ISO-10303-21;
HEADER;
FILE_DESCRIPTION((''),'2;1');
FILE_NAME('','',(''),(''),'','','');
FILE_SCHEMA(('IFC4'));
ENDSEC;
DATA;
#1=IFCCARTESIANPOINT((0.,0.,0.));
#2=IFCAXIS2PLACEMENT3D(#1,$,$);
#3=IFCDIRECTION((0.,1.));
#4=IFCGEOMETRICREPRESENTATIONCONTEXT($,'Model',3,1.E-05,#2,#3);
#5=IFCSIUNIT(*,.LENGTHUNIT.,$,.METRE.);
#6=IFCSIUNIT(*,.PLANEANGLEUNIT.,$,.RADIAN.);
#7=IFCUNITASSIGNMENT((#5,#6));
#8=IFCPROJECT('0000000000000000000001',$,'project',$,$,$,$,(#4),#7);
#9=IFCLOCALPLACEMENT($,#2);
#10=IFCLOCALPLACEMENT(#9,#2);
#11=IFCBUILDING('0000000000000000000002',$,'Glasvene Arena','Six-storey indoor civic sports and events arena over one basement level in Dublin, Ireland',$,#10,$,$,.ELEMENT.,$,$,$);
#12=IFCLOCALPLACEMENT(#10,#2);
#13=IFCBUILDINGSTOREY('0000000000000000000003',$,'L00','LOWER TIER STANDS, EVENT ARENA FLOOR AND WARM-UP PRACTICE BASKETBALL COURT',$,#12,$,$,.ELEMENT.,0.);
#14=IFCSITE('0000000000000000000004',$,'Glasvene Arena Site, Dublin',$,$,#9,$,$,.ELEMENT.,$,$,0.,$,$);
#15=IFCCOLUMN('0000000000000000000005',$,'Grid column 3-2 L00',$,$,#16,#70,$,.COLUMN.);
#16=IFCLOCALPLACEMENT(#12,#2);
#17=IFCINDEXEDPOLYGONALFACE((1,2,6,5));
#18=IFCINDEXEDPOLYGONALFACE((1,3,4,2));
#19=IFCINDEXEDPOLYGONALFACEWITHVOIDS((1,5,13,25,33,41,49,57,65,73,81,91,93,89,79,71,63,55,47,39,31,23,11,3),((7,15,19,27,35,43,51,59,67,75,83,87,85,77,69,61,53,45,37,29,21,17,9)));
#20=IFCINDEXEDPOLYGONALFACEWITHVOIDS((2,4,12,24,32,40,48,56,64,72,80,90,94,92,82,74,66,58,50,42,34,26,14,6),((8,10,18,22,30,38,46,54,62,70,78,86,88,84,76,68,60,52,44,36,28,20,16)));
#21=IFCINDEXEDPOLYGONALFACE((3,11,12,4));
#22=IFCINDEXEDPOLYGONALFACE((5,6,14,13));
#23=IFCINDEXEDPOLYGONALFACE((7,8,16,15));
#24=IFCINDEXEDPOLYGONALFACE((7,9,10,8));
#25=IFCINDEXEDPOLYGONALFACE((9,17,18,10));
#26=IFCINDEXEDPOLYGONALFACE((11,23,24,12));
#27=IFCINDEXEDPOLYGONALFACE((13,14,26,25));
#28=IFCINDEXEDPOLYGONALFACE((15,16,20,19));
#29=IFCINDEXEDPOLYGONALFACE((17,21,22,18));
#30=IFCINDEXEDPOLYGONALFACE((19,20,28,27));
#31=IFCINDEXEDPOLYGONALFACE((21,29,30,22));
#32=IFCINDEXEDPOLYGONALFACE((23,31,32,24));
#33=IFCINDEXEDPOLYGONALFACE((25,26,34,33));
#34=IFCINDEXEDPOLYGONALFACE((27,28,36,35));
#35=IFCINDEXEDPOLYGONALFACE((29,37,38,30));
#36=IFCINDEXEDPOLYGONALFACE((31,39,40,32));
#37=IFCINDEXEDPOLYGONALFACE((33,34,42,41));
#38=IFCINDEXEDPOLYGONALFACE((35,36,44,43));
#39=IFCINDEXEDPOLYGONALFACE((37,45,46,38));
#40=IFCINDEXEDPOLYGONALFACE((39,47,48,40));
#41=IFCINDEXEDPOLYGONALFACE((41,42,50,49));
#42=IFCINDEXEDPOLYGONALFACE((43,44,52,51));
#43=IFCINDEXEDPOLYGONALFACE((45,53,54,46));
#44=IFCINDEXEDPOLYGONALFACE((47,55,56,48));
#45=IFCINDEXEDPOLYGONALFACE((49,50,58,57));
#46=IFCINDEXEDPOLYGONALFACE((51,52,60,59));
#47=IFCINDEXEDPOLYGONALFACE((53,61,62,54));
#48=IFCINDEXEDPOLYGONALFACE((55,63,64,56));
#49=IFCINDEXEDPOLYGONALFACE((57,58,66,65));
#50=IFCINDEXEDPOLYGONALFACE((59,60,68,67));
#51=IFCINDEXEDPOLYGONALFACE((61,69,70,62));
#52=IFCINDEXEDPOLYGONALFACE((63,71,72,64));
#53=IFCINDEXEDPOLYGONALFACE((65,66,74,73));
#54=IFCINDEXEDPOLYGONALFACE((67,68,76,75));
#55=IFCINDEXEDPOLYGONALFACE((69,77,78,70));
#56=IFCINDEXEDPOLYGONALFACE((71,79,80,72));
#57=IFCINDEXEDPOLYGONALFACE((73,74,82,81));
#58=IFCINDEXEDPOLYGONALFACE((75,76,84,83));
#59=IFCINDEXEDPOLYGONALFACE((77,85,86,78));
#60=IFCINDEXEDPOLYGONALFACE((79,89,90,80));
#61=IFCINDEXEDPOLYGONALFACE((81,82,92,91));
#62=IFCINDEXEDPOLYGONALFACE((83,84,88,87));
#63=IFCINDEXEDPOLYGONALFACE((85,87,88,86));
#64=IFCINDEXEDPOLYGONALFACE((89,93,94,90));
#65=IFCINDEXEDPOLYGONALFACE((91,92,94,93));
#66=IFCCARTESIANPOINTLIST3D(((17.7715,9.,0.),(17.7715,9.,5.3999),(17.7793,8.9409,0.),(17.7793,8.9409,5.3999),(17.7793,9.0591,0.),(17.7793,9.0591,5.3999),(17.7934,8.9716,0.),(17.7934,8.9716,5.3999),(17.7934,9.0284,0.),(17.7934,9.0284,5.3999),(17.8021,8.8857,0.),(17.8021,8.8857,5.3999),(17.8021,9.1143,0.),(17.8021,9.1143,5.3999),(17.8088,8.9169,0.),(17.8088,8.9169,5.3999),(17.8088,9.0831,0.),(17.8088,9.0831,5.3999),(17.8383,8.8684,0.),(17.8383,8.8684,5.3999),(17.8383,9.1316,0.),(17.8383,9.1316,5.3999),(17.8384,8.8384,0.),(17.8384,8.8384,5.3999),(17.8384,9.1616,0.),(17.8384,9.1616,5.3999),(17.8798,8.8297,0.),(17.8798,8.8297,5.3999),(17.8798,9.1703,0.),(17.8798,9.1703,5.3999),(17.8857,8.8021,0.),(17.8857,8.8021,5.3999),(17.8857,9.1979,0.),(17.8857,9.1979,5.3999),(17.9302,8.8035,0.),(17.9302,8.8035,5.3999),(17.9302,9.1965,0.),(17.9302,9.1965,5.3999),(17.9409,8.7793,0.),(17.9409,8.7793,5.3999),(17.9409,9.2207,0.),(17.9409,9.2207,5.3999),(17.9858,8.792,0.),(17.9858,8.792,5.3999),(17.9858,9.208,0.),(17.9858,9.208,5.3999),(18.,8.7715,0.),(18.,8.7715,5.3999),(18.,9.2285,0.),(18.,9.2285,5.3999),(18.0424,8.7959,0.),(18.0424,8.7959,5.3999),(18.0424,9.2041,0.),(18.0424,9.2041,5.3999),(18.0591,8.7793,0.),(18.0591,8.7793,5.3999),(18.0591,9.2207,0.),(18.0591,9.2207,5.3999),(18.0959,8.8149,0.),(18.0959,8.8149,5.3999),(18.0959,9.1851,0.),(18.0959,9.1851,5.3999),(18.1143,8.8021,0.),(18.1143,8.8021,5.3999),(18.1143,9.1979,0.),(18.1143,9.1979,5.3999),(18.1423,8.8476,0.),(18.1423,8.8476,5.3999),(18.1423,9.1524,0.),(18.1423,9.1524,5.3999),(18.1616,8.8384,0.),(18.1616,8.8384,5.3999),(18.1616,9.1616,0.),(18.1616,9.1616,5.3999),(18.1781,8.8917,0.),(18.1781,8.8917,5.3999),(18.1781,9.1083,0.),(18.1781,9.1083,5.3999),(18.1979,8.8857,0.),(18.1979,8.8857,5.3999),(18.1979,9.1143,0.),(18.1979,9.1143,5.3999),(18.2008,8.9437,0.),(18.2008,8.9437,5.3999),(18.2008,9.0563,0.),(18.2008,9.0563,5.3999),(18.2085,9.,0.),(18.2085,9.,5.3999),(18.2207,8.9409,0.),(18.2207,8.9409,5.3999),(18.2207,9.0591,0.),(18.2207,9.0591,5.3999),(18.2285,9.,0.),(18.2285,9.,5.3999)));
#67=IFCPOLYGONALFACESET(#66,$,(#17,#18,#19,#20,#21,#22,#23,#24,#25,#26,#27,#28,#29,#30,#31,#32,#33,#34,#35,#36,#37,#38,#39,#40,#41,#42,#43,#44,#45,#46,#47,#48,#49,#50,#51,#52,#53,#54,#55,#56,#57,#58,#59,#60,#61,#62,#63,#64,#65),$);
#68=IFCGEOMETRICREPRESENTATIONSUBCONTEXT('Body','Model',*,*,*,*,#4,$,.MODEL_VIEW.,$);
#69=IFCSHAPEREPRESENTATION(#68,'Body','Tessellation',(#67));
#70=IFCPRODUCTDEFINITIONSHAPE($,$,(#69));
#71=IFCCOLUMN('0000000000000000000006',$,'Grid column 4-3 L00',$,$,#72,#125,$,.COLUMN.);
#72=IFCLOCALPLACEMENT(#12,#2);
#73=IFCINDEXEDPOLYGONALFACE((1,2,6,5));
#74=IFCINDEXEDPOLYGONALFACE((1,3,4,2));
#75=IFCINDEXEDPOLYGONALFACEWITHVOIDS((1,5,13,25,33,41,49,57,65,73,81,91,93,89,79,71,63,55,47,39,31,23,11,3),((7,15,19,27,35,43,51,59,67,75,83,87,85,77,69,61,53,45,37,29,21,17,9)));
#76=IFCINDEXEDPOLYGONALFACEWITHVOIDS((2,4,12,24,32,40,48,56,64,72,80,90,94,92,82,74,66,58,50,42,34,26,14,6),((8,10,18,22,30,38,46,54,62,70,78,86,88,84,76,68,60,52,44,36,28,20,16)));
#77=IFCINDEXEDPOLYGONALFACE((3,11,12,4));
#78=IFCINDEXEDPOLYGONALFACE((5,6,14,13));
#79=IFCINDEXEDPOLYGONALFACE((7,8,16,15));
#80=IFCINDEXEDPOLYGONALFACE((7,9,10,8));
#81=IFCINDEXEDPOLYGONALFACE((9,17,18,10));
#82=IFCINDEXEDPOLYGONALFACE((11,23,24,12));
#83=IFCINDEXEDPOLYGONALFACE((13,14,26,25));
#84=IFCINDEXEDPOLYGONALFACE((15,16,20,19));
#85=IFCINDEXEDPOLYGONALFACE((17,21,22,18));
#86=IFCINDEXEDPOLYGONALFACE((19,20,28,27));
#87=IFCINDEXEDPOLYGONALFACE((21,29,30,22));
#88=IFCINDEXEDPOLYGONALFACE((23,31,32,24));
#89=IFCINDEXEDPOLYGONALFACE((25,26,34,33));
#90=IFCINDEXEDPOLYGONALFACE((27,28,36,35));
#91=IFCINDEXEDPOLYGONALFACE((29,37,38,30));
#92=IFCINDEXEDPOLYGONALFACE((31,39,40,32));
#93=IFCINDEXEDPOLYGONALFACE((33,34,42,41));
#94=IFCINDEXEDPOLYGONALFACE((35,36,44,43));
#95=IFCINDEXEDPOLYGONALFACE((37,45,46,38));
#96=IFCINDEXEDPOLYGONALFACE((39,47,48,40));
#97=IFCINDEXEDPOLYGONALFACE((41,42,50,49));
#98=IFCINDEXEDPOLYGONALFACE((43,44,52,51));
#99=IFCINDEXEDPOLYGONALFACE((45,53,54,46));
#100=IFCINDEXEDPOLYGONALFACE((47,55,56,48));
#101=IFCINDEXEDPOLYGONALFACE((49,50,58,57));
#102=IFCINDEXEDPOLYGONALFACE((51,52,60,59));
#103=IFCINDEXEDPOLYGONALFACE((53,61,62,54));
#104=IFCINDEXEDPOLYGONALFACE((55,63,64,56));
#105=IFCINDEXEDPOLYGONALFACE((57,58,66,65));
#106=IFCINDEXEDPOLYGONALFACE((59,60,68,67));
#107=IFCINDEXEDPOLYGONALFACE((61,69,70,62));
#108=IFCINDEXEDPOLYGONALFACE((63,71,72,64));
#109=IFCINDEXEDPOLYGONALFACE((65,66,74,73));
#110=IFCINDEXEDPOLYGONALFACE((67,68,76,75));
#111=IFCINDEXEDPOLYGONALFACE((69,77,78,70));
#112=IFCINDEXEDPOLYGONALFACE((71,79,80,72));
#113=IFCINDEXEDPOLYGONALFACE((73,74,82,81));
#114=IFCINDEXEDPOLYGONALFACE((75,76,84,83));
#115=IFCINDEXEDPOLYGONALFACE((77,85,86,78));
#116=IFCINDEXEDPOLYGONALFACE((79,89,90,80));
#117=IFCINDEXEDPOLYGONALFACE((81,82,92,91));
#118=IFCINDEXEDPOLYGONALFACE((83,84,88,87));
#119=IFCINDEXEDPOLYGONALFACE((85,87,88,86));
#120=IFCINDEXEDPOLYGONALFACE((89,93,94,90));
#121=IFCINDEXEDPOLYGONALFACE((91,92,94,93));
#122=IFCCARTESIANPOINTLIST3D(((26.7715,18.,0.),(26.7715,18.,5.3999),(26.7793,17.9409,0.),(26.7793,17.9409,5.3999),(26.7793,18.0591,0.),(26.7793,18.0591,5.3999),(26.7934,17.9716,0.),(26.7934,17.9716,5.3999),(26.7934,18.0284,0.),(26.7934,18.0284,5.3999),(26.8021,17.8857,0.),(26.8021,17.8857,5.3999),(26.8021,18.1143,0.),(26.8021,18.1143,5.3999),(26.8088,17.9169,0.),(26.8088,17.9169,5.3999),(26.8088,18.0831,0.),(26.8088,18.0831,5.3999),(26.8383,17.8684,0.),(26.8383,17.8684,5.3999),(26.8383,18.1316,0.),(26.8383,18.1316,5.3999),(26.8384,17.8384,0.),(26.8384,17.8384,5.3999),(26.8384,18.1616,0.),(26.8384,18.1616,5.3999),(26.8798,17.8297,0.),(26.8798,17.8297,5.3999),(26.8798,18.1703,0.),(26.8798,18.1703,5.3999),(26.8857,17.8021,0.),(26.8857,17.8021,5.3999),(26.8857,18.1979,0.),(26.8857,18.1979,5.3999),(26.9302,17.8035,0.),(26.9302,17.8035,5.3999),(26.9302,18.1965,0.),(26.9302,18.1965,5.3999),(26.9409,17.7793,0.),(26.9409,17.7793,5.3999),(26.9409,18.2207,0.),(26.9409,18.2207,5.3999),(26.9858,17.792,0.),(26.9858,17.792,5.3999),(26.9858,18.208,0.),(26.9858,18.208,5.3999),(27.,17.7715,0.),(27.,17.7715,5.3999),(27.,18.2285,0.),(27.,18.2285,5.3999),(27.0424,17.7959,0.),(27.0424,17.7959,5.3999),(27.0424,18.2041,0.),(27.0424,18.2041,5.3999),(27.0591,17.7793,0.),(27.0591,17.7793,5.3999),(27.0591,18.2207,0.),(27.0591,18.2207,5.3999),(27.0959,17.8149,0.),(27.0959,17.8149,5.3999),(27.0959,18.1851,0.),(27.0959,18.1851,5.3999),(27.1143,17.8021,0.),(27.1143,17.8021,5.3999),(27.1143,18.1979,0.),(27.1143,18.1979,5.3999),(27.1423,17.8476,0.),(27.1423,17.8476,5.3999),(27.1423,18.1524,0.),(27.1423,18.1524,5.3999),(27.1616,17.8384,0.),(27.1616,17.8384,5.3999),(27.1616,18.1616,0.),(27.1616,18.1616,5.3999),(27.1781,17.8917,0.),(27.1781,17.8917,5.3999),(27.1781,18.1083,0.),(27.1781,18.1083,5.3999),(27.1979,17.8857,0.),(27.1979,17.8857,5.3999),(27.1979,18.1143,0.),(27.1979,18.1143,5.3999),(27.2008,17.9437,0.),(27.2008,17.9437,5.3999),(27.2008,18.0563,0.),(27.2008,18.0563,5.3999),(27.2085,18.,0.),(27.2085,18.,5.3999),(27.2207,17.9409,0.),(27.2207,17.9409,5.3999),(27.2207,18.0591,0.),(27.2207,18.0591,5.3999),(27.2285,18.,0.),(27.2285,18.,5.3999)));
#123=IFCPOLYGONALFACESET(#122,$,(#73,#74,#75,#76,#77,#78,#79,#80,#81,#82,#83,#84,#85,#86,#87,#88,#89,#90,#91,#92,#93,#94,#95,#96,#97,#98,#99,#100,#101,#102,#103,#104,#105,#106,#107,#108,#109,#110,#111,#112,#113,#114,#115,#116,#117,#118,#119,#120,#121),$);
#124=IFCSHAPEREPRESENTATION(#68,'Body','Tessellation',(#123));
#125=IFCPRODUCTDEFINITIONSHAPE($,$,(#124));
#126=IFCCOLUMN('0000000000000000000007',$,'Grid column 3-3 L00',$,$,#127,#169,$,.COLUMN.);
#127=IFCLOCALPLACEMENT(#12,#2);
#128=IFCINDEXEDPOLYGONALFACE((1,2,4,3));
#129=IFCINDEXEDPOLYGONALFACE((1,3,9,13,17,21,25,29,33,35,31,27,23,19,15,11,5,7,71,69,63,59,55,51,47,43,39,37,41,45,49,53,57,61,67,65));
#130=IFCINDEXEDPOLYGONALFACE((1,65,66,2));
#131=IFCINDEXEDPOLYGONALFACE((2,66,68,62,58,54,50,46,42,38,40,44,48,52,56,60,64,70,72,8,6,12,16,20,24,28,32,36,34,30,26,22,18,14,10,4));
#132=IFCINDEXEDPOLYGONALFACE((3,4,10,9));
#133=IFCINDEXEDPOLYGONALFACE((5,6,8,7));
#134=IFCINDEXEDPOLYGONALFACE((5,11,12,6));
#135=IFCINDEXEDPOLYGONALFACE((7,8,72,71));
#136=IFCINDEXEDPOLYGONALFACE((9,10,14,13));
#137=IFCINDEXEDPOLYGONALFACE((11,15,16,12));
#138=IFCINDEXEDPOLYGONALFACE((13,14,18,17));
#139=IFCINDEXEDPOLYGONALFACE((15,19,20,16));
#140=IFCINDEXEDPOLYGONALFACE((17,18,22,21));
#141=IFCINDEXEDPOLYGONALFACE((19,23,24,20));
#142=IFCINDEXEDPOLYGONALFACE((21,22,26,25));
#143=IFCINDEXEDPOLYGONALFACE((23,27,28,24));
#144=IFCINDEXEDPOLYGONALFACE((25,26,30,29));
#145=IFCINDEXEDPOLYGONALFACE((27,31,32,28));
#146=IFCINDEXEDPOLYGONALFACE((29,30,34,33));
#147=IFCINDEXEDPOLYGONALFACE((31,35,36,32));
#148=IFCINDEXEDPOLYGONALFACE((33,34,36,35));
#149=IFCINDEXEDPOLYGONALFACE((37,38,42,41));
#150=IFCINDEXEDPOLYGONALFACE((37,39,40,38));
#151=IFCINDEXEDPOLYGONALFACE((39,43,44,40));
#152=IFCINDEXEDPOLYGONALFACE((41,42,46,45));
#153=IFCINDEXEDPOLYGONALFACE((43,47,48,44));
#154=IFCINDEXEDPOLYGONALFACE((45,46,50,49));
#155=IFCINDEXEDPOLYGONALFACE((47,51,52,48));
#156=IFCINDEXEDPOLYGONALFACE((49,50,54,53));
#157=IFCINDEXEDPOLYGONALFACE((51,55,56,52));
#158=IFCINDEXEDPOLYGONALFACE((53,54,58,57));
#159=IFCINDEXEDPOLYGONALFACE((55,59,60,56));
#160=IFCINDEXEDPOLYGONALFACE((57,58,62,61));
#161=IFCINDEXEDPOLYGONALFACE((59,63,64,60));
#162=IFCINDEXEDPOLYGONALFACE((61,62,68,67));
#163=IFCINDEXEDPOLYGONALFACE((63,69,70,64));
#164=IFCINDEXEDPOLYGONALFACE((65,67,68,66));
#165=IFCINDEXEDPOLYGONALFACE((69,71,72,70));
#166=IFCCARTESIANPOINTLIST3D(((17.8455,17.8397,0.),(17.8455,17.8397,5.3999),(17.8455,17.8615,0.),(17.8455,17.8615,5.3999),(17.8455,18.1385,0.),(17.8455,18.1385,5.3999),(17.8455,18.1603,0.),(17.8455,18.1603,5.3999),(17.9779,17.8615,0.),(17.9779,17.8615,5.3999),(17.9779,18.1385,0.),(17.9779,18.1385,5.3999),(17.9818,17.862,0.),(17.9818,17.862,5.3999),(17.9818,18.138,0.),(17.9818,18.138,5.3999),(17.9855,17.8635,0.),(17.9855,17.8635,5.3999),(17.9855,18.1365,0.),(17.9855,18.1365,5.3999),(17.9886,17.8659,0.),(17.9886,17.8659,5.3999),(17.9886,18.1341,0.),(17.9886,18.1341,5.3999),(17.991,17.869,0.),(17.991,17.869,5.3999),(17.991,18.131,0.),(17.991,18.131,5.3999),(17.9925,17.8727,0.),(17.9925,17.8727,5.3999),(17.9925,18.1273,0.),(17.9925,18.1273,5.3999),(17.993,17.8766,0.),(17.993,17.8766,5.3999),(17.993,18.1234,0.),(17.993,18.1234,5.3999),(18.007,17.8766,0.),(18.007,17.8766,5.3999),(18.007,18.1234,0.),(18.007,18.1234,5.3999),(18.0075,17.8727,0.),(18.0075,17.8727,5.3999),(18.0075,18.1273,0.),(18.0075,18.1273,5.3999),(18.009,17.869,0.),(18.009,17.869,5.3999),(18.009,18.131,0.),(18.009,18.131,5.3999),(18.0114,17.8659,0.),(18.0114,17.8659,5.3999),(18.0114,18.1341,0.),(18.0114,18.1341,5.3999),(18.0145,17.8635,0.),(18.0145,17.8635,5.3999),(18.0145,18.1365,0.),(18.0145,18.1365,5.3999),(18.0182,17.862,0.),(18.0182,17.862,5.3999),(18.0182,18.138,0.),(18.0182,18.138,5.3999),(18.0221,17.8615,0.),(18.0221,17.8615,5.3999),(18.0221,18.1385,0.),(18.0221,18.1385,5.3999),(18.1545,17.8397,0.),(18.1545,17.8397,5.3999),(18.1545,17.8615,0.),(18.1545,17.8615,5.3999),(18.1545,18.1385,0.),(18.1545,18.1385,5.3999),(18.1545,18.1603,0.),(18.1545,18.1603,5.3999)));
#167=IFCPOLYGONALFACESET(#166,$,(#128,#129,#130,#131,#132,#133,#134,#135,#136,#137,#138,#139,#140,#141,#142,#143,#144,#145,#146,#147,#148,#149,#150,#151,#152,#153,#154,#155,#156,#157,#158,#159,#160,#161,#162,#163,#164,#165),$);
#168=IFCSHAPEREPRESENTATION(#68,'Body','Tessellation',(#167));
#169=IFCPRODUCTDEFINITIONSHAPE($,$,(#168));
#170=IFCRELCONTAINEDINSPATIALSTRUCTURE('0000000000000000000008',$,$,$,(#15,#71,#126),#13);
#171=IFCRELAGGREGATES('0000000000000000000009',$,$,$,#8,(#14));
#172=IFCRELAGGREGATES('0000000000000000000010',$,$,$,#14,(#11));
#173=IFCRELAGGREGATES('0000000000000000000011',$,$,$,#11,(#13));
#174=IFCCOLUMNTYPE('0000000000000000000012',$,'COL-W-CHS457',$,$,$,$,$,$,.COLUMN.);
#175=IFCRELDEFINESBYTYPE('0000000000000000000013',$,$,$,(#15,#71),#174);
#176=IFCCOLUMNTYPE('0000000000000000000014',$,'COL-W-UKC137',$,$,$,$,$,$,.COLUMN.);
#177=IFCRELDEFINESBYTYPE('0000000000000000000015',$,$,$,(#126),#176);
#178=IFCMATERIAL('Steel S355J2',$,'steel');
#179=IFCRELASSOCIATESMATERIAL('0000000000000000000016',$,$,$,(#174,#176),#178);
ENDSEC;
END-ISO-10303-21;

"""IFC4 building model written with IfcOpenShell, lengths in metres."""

from ifc_helpers import new_model, si_unit, direction, frame, origin, origin_2d, place, context, subcontext, project, spatial, hollow_circle, i_section, extrude, material, material_profile, profile_set, type_object, element, save


model = new_model("IFC4")

# Units and contexts
model_context = context("Model", 3, precision=1e-05, world=origin(), true_north=direction((0.0, 1.0)))
body_context = subcontext(model_context, "Body", "Model", "MODEL_VIEW")
ifc_project = project(units=[si_unit("LENGTHUNIT", "METRE"), si_unit("PLANEANGLEUNIT", "RADIAN")], contexts=[model_context])

# Site, building, storey
site_placement = place(None, origin())
site = spatial("IfcSite", under=ifc_project, at=site_placement, Name="Glasvene Arena Site, Dublin", CompositionType="ELEMENT", RefElevation=0.0)
building_placement = place(site_placement, origin())
building = spatial("IfcBuilding", under=site, at=building_placement, Name="Glasvene Arena", Description="Six-storey indoor civic sports and events arena over one basement level in Dublin, Ireland", CompositionType="ELEMENT")
storey_placement = place(building_placement, origin())
storey = spatial("IfcBuildingStorey", under=building, at=storey_placement, Name="L00", Description="LOWER TIER STANDS, EVENT ARENA FLOOR AND WARM-UP PRACTICE BASKETBALL COURT", CompositionType="ELEMENT", Elevation=0.0)

# Columns
ifc_material_1 = material(Name="Steel S355J2", Category="steel")
ifc_material_profile_1 = material_profile(ifc_material_1, hollow_circle(Radius=0.2285, WallThickness=0.02, at=origin_2d()), Name="CHS 457.0x20.0")
ifc_profile_set_1 = profile_set([ifc_material_profile_1], Name="Steel S355J2")
column_type_1 = type_object("IfcColumnType", Name="COL-W-CHS457", PredefinedType="COLUMN", material=ifc_profile_set_1)
for number, where, z_axis, x_axis, name in (
    (1, (18.0, 9.0, 0.0), (0.0, 0.0, 1.0), (1.0, 0.0, 0.0), "Grid column 3-2 L00"),
    (2, (27.0, 18.0, 0.0), (0.0, 0.0, 1.0), (1.0, 0.0, 0.0), "Grid column 4-3 L00"),
):
    element("IfcColumn", number, at=place(storey_placement, frame(where, z_axis=z_axis, x_axis=x_axis)), inside=storey, type_object=column_type_1, Name=name, PredefinedType="COLUMN", context=body_context, shape_type="SweptSolid", body=[
        extrude(hollow_circle(Radius=0.2285, WallThickness=0.02, at=origin_2d()), origin(), (0.0, 0.0, 1.0), 5.3999),
    ])
ifc_material_profile_2 = material_profile(ifc_material_1, i_section(OverallWidth=0.3091, OverallDepth=0.3206, WebThickness=0.0139, FlangeThickness=0.0217, FilletRadius=0.0151, at=origin_2d()), Name="UKC 305x305x137")
ifc_profile_set_2 = profile_set([ifc_material_profile_2], Name="Steel S355J2")
column_type_2 = type_object("IfcColumnType", Name="COL-W-UKC137", PredefinedType="COLUMN", material=ifc_profile_set_2)
for number, where, z_axis, x_axis, name in (
    (3, (18.0, 18.0, 0.0), (0.0, 0.0, 1.0), (1.0, 0.0, 0.0), "Grid column 3-3 L00"),
):
    element("IfcColumn", number, at=place(storey_placement, frame(where, z_axis=z_axis, x_axis=x_axis)), inside=storey, type_object=column_type_2, Name=name, PredefinedType="COLUMN", context=body_context, shape_type="SweptSolid", body=[
        extrude(i_section(OverallWidth=0.3091, OverallDepth=0.3206, WebThickness=0.0139, FlangeThickness=0.0217, FilletRadius=0.0151, at=origin_2d()), origin(), (0.0, 0.0, 1.0), 5.3999),
    ])

save(model, "model.ifc")
